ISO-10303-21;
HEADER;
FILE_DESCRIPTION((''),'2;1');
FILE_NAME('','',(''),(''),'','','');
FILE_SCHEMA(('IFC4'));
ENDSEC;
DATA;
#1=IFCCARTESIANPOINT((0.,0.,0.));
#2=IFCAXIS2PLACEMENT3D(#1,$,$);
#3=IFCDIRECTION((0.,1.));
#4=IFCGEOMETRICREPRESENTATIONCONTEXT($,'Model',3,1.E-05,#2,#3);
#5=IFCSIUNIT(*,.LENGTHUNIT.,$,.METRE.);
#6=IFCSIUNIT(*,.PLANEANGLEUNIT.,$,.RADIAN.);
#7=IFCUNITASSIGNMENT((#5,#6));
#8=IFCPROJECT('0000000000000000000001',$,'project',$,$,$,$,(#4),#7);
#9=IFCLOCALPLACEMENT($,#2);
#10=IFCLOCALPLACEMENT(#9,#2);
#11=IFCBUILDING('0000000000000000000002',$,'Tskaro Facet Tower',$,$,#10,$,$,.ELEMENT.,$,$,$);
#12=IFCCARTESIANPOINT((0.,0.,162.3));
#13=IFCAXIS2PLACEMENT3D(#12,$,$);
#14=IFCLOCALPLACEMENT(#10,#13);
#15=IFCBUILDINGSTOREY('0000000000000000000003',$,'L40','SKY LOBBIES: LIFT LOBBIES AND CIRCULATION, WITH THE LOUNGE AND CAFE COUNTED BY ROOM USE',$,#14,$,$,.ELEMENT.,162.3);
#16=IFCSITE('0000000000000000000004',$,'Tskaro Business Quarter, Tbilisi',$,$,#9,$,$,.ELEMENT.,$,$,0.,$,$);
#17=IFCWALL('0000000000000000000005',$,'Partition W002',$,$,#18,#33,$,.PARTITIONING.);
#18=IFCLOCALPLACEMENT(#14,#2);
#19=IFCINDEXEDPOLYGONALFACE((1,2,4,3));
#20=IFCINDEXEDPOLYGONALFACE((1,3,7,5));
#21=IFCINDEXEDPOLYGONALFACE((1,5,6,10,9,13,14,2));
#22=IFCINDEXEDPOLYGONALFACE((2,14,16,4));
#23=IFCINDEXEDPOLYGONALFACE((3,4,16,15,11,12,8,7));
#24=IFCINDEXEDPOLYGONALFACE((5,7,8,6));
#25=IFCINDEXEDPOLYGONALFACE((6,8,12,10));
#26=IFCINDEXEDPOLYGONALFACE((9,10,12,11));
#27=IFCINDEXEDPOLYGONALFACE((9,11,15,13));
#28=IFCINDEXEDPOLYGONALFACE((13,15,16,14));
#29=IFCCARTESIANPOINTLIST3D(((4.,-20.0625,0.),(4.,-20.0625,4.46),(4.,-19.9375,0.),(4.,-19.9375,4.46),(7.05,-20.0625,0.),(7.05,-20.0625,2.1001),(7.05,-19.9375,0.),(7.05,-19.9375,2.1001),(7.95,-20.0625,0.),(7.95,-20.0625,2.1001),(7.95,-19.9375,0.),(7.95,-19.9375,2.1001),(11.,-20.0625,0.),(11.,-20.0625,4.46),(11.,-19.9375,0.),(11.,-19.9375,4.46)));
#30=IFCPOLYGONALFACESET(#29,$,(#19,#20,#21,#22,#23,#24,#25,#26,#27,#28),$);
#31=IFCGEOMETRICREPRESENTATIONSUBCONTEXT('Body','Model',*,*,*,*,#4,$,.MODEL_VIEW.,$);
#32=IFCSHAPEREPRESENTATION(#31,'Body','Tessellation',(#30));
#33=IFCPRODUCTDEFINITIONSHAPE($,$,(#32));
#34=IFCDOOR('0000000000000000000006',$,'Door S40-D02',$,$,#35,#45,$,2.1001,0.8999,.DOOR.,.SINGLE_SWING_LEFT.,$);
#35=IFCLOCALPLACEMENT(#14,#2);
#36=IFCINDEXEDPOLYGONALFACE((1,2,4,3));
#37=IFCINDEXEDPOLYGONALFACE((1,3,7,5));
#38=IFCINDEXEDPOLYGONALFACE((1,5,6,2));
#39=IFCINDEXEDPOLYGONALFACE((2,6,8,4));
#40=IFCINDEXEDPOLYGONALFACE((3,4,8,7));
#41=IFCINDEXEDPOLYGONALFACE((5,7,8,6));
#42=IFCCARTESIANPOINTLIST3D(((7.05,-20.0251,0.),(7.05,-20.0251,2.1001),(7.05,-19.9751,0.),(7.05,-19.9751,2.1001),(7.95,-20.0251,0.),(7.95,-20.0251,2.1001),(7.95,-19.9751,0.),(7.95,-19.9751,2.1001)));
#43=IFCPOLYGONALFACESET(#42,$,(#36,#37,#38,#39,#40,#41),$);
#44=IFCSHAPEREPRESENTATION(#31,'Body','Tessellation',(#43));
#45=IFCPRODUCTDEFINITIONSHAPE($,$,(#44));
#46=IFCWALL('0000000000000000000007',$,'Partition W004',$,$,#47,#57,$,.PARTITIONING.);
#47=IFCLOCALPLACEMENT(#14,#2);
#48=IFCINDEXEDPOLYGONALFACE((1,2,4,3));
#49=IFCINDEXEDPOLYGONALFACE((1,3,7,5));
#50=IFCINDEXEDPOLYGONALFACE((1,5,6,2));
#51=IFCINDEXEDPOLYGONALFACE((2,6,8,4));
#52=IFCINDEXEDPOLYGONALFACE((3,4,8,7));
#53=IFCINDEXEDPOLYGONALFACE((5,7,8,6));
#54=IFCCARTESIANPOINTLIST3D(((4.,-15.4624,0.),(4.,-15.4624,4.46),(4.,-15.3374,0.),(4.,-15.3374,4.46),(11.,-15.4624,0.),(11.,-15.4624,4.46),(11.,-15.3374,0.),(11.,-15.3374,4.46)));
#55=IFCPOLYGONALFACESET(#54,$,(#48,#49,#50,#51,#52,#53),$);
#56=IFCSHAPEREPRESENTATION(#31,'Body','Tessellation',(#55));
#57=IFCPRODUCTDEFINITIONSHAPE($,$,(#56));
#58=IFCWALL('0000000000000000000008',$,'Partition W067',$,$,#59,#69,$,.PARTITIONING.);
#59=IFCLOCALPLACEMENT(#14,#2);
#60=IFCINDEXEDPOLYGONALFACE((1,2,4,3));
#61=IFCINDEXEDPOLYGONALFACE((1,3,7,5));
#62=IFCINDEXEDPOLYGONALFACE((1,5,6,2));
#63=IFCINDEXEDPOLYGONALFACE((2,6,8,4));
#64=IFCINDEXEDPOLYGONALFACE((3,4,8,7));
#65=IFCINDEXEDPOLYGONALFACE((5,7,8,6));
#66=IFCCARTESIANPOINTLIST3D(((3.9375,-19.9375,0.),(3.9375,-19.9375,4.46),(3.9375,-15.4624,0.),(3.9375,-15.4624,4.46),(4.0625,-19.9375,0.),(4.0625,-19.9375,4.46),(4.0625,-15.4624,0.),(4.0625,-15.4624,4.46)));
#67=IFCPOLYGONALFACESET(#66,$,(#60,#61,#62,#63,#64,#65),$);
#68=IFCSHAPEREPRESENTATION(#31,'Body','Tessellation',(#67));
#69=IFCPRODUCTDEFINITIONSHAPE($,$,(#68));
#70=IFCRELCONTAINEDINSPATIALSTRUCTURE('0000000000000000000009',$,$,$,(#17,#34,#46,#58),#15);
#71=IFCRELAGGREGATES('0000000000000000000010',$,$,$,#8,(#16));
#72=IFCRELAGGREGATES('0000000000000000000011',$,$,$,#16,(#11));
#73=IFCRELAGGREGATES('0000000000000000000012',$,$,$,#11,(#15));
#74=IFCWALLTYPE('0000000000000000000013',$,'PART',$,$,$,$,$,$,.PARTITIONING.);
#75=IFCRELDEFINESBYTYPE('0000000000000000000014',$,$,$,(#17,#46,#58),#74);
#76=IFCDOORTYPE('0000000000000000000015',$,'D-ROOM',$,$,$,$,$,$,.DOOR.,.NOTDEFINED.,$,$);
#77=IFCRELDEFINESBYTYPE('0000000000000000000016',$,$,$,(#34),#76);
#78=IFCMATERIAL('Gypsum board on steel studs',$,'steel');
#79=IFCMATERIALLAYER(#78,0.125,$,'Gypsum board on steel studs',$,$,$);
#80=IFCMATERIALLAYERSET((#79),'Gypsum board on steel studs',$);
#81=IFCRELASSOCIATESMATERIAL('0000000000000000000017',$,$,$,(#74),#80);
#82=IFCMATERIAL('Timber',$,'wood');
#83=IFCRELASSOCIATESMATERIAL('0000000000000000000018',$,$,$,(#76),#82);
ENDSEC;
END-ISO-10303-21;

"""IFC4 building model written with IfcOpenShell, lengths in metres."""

from ifc_helpers import new_model, si_unit, direction, frame, frame_2d, origin, place, context, subcontext, project, spatial, rectangle, extrude, material, layer, layer_set, type_object, element, fill, save


model = new_model("IFC4")

# Units and contexts
model_context = context("Model", 3, precision=1e-05, world=origin(), true_north=direction((0.0, 1.0)))
body_context = subcontext(model_context, "Body", "Model", "MODEL_VIEW")
ifc_project = project(units=[si_unit("LENGTHUNIT", "METRE"), si_unit("PLANEANGLEUNIT", "RADIAN")], contexts=[model_context])

# Site, building, storey
site_placement = place(None, origin())
site = spatial("IfcSite", under=ifc_project, at=site_placement, Name="Tskaro Business Quarter, Tbilisi", CompositionType="ELEMENT", RefElevation=0.0)
building_placement = place(site_placement, origin())
building = spatial("IfcBuilding", under=site, at=building_placement, Name="Tskaro Facet Tower", CompositionType="ELEMENT")
storey_placement = place(building_placement, frame((0.0, 0.0, 162.3)))
storey = spatial("IfcBuildingStorey", under=building, at=storey_placement, Name="L40", Description="SKY LOBBIES: LIFT LOBBIES AND CIRCULATION, WITH THE LOUNGE AND CAFE COUNTED BY ROOM USE", CompositionType="ELEMENT", Elevation=162.3)

# Wall, opening, door
ifc_material_1 = material(Name="Gypsum board on steel studs", Category="steel")
ifc_layer_1 = layer(ifc_material_1, 0.125, Name="Gypsum board on steel studs")
ifc_layer_set_1 = layer_set([ifc_layer_1], Name="Gypsum board on steel studs")
wall_type_1 = type_object("IfcWallType", Name="PART", PredefinedType="PARTITIONING", material=ifc_layer_set_1)
wall_1_placement = place(storey_placement, frame((4.0, -20.0, 0.0), z_axis=(0.0, 0.0, 1.0), x_axis=(1.0, 0.0, 0.0)))
wall_1 = element("IfcWall", 1, at=wall_1_placement, inside=storey, type_object=wall_type_1, Name="Partition W002", PredefinedType="PARTITIONING", context=body_context, shape_type="SweptSolid", body=[
    extrude(rectangle(XDim=7.0, YDim=0.125, at=frame_2d((3.5, 0.0))), origin(), (0.0, 0.0, 1.0), 4.46),
])
opening_1_placement = place(wall_1_placement, frame((3.05, 0.0, 0.0)))
opening_1 = element("IfcOpeningElement", 2, at=opening_1_placement, cuts=wall_1, PredefinedType="OPENING", context=body_context, shape_type="SweptSolid", body=[
    extrude(rectangle(XDim=0.8999, YDim=2.1001, at=frame_2d((0.45, 1.05))), frame((0.0, 0.0725, 0.0), z_axis=(0.0, -1.0, 0.0), x_axis=(1.0, 0.0, 0.0)), (0.0, 0.0, 1.0), 0.145),
])
ifc_material_2 = material(Name="Timber", Category="wood")
door_type_1 = type_object("IfcDoorType", Name="D-ROOM", OperationType="NOTDEFINED", PredefinedType="DOOR", material=ifc_material_2)
door_1_placement = place(opening_1_placement, origin())
door_1 = element("IfcDoor", 3, at=door_1_placement, inside=storey, type_object=door_type_1, Name="Door S40-D02", OperationType="SINGLE_SWING_LEFT", OverallHeight=2.1001, OverallWidth=0.8999, PredefinedType="DOOR", context=body_context, shape_type="SweptSolid", body=[
    extrude(rectangle(XDim=0.8999, YDim=2.1001, at=frame_2d((0.45, 1.05))), frame((0.0, 0.0249, 0.0), z_axis=(0.0, -1.0, 0.0), x_axis=(1.0, 0.0, 0.0)), (0.0, 0.0, 1.0), 0.05),
])
fill(opening_1, door_1)

# Walls
wall_2_placement = place(storey_placement, frame((4.0, -15.3999, 0.0), z_axis=(0.0, 0.0, 1.0), x_axis=(1.0, 0.0, 0.0)))
element("IfcWall", 4, at=wall_2_placement, inside=storey, type_object=wall_type_1, Name="Partition W004", PredefinedType="PARTITIONING", context=body_context, shape_type="SweptSolid", body=[
    extrude(rectangle(XDim=7.0, YDim=0.125, at=frame_2d((3.5, 0.0))), origin(), (0.0, 0.0, 1.0), 4.46),
])
wall_3_placement = place(storey_placement, frame((4.0, -19.9375, 0.0), z_axis=(0.0, 0.0, 1.0), x_axis=(0.0, 1.0, 0.0)))
element("IfcWall", 5, at=wall_3_placement, inside=storey, type_object=wall_type_1, Name="Partition W067", PredefinedType="PARTITIONING", context=body_context, shape_type="SweptSolid", body=[
    extrude(rectangle(XDim=4.4751, YDim=0.125, at=frame_2d((2.2375, 0.0))), origin(), (0.0, 0.0, 1.0), 4.46),
])

save(model, "model.ifc")
